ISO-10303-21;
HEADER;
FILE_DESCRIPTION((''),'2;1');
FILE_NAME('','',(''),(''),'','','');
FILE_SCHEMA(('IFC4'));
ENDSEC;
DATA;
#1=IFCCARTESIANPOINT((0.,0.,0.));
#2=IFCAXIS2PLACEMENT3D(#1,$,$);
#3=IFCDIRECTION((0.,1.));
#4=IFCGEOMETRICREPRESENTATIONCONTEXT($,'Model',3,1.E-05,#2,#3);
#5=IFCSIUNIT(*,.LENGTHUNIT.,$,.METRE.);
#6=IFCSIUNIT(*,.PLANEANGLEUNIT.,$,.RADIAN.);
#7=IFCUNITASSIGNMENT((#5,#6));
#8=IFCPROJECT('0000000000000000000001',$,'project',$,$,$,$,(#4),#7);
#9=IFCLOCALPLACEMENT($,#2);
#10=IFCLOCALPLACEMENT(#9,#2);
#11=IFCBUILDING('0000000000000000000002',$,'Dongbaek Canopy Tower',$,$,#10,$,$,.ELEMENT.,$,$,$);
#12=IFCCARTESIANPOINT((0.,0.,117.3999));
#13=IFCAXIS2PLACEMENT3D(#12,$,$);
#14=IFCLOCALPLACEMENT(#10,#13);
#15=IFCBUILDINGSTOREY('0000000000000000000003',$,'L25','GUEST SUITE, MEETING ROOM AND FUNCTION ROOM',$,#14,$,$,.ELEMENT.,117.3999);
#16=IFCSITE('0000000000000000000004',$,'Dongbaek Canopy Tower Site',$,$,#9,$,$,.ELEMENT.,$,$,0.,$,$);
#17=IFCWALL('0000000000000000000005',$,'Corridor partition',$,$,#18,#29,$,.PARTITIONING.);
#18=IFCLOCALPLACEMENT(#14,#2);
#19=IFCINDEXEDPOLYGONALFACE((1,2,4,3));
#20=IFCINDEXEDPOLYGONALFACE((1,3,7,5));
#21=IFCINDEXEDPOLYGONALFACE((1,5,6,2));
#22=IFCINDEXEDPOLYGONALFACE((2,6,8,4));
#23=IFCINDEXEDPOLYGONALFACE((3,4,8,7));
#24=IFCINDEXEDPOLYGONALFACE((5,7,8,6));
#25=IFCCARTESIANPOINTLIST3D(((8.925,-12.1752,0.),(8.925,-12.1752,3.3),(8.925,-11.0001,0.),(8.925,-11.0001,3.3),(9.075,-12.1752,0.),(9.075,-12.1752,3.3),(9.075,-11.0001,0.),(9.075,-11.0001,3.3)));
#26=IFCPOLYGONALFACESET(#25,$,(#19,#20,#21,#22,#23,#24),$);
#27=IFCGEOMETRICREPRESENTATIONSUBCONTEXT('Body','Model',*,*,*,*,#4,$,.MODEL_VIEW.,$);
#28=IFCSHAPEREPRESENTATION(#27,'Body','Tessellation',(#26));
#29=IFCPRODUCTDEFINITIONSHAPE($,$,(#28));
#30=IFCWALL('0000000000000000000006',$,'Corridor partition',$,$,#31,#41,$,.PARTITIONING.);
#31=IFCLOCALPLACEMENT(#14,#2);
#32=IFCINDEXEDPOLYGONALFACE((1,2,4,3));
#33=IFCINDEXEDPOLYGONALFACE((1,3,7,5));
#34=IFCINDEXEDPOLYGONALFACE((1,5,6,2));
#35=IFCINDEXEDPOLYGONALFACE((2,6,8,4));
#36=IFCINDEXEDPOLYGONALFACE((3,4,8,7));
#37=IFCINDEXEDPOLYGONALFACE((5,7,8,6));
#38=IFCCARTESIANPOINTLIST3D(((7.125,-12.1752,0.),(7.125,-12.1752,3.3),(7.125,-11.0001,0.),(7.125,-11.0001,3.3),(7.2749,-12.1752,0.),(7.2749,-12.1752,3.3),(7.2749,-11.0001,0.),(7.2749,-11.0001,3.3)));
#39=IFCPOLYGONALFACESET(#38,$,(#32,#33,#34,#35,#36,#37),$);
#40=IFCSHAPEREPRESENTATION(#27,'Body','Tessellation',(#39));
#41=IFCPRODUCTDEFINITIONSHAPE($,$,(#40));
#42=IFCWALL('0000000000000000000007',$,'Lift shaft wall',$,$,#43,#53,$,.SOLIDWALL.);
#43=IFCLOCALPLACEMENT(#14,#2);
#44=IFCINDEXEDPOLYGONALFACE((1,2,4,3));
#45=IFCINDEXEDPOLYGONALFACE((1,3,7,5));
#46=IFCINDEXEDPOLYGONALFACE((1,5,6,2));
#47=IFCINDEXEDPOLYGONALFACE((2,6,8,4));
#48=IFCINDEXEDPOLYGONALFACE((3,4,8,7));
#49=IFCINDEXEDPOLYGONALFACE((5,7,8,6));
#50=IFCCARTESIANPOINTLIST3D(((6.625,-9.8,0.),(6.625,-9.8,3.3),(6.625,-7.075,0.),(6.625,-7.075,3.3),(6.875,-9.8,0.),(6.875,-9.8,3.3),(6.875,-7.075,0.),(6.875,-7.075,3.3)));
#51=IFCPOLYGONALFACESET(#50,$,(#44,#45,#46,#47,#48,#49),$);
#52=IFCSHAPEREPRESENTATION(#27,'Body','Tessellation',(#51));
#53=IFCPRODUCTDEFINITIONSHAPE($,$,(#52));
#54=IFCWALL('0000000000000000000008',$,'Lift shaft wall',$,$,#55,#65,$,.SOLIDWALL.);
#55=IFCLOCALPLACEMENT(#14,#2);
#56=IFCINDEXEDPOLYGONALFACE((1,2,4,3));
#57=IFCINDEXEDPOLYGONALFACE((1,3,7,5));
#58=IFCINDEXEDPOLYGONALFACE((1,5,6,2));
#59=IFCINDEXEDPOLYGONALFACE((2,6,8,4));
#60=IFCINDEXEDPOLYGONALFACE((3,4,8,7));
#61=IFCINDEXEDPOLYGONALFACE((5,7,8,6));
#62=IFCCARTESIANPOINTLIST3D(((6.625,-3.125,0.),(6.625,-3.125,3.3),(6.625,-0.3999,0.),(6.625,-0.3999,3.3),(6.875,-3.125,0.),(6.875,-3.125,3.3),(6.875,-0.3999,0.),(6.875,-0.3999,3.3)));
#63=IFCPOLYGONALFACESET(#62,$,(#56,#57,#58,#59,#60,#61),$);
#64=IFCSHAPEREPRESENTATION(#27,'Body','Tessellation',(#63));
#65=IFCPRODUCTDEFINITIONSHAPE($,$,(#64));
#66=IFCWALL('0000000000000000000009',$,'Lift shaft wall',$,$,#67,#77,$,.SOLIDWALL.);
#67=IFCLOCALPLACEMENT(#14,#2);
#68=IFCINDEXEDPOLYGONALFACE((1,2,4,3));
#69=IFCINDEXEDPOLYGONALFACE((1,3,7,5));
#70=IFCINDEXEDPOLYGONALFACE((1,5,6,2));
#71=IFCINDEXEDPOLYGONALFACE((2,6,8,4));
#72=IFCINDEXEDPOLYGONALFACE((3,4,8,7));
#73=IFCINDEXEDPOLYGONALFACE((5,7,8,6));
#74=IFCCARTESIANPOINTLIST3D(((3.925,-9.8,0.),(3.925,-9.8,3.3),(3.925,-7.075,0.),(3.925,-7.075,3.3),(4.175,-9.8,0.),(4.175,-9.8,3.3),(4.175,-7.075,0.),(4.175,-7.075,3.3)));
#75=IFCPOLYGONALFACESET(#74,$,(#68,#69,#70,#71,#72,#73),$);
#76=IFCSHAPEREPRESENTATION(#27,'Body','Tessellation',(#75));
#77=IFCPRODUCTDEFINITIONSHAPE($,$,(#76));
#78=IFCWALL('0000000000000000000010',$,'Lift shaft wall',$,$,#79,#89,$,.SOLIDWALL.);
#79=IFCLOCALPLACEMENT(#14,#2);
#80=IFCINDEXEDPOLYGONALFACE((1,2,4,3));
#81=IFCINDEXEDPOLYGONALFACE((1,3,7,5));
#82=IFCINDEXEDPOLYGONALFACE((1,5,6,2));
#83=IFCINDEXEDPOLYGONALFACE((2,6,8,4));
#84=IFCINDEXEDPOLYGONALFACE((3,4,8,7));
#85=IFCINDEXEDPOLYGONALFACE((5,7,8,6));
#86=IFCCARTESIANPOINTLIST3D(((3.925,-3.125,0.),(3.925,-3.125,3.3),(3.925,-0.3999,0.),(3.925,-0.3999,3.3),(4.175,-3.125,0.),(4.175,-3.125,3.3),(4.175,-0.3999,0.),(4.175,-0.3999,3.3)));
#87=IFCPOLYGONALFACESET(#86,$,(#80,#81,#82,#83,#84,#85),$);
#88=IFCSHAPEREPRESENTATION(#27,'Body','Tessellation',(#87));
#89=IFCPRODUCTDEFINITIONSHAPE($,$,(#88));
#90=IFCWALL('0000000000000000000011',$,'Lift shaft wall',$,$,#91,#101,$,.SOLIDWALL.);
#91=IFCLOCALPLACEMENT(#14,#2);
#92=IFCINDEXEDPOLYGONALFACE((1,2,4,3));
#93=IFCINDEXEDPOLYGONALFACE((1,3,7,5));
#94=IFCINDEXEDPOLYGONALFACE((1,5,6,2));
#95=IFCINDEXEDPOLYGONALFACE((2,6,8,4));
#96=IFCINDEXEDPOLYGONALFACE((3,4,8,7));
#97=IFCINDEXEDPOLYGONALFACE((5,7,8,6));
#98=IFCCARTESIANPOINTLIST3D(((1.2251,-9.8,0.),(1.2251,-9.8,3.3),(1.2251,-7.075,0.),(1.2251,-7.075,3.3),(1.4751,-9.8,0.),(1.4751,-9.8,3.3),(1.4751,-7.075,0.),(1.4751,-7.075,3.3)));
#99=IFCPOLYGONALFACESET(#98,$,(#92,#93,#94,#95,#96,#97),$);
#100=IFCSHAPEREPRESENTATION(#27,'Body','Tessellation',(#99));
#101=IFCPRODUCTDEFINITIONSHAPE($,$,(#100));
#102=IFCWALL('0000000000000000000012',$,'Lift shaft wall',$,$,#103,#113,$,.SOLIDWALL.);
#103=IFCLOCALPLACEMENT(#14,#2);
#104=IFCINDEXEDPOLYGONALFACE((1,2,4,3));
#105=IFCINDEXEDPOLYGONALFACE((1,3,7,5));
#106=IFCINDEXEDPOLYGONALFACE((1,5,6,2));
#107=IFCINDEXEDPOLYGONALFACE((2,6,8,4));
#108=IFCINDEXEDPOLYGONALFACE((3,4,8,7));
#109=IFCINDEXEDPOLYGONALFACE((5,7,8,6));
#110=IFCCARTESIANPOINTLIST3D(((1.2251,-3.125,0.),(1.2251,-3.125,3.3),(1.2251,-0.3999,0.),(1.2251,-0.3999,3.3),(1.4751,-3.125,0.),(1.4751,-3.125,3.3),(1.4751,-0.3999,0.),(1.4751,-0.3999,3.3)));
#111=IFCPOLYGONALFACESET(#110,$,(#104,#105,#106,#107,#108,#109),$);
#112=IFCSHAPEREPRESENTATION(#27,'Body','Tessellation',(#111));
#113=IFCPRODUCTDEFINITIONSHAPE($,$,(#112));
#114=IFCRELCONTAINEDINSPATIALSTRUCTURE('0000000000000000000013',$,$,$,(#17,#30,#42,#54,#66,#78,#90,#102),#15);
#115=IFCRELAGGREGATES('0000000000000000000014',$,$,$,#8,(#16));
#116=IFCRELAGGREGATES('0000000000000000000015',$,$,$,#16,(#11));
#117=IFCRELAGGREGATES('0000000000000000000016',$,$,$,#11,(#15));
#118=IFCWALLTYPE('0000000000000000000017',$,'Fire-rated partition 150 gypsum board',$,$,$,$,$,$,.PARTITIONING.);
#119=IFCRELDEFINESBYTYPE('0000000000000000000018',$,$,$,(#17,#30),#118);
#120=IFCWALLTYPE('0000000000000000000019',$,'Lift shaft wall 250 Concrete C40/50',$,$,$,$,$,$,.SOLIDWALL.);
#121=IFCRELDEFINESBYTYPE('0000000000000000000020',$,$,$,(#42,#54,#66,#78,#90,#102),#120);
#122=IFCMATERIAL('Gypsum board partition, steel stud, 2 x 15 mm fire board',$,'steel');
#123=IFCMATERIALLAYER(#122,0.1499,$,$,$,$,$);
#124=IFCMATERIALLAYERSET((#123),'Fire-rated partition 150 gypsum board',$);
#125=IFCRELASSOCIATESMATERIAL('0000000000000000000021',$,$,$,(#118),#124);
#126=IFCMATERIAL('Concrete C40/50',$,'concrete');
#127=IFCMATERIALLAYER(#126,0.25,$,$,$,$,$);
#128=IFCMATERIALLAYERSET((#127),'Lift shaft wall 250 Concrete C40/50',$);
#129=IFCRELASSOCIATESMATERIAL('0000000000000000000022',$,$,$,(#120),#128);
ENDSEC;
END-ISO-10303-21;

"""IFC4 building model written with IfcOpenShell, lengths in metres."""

from ifc_helpers import new_model, si_unit, direction, frame, frame_2d, origin, place, context, subcontext, project, spatial, rectangle, extrude, material, layer, layer_set, type_object, element, save


model = new_model("IFC4")

# Units and contexts
model_context = context("Model", 3, precision=1e-05, world=origin(), true_north=direction((0.0, 1.0)))
body_context = subcontext(model_context, "Body", "Model", "MODEL_VIEW")
ifc_project = project(units=[si_unit("LENGTHUNIT", "METRE"), si_unit("PLANEANGLEUNIT", "RADIAN")], contexts=[model_context])

# Site, building, storey
site_placement = place(None, origin())
site = spatial("IfcSite", under=ifc_project, at=site_placement, Name="Dongbaek Canopy Tower Site", CompositionType="ELEMENT", RefElevation=0.0)
building_placement = place(site_placement, origin())
building = spatial("IfcBuilding", under=site, at=building_placement, Name="Dongbaek Canopy Tower", CompositionType="ELEMENT")
storey_placement = place(building_placement, frame((0.0, 0.0, 117.3999)))
storey = spatial("IfcBuildingStorey", under=building, at=storey_placement, Name="L25", Description="GUEST SUITE, MEETING ROOM AND FUNCTION ROOM", CompositionType="ELEMENT", Elevation=117.3999)

# Walls
ifc_material_1 = material(Name="Gypsum board partition, steel stud, 2 x 15 mm fire board", Category="steel")
ifc_layer_1 = layer(ifc_material_1, 0.1499)
ifc_layer_set_1 = layer_set([ifc_layer_1], Name="Fire-rated partition 150 gypsum board")
wall_type_1 = type_object("IfcWallType", Name="Fire-rated partition 150 gypsum board", PredefinedType="PARTITIONING", material=ifc_layer_set_1)
for number, where, z_axis, x_axis, name in (
    (1, (9.0, -12.175, 0.0), (0.0, 0.0, 1.0), (0.0, 1.0, 0.0), "Corridor partition"),
    (2, (7.2, -12.175, 0.0), (0.0, 0.0, 1.0), (0.0, 1.0, 0.0), "Corridor partition"),
):
    element("IfcWall", number, at=place(storey_placement, frame(where, z_axis=z_axis, x_axis=x_axis)), inside=storey, type_object=wall_type_1, Name=name, PredefinedType="PARTITIONING", context=body_context, shape_type="SweptSolid", body=[
        extrude(rectangle(XDim=1.175, YDim=0.1499, at=frame_2d((0.5874, 0.0))), origin(), (0.0, 0.0, 1.0), 3.3),
    ])
ifc_material_2 = material(Name="Concrete C40/50", Category="concrete")
ifc_layer_2 = layer(ifc_material_2, 0.25)
ifc_layer_set_2 = layer_set([ifc_layer_2], Name="Lift shaft wall 250 Concrete C40/50")
wall_type_2 = type_object("IfcWallType", Name="Lift shaft wall 250 Concrete C40/50", PredefinedType="SOLIDWALL", material=ifc_layer_set_2)
for number, where, z_axis, x_axis, name in (
    (3, (6.75, -9.8, 0.0), (0.0, 0.0, 1.0), (0.0, 1.0, 0.0), "Lift shaft wall"),
    (4, (6.75, -3.125, 0.0), (0.0, 0.0, 1.0), (0.0, 1.0, 0.0), "Lift shaft wall"),
    (5, (4.05, -9.8, 0.0), (0.0, 0.0, 1.0), (0.0, 1.0, 0.0), "Lift shaft wall"),
    (6, (4.05, -3.125, 0.0), (0.0, 0.0, 1.0), (0.0, 1.0, 0.0), "Lift shaft wall"),
    (7, (1.3501, -9.8, 0.0), (0.0, 0.0, 1.0), (0.0, 1.0, 0.0), "Lift shaft wall"),
    (8, (1.3501, -3.125, 0.0), (0.0, 0.0, 1.0), (0.0, 1.0, 0.0), "Lift shaft wall"),
):
    element("IfcWall", number, at=place(storey_placement, frame(where, z_axis=z_axis, x_axis=x_axis)), inside=storey, type_object=wall_type_2, Name=name, PredefinedType="SOLIDWALL", context=body_context, shape_type="SweptSolid", body=[
        extrude(rectangle(XDim=2.7251, YDim=0.25, at=frame_2d((1.3625, 0.0))), origin(), (0.0, 0.0, 1.0), 3.3),
    ])

save(model, "model.ifc")
